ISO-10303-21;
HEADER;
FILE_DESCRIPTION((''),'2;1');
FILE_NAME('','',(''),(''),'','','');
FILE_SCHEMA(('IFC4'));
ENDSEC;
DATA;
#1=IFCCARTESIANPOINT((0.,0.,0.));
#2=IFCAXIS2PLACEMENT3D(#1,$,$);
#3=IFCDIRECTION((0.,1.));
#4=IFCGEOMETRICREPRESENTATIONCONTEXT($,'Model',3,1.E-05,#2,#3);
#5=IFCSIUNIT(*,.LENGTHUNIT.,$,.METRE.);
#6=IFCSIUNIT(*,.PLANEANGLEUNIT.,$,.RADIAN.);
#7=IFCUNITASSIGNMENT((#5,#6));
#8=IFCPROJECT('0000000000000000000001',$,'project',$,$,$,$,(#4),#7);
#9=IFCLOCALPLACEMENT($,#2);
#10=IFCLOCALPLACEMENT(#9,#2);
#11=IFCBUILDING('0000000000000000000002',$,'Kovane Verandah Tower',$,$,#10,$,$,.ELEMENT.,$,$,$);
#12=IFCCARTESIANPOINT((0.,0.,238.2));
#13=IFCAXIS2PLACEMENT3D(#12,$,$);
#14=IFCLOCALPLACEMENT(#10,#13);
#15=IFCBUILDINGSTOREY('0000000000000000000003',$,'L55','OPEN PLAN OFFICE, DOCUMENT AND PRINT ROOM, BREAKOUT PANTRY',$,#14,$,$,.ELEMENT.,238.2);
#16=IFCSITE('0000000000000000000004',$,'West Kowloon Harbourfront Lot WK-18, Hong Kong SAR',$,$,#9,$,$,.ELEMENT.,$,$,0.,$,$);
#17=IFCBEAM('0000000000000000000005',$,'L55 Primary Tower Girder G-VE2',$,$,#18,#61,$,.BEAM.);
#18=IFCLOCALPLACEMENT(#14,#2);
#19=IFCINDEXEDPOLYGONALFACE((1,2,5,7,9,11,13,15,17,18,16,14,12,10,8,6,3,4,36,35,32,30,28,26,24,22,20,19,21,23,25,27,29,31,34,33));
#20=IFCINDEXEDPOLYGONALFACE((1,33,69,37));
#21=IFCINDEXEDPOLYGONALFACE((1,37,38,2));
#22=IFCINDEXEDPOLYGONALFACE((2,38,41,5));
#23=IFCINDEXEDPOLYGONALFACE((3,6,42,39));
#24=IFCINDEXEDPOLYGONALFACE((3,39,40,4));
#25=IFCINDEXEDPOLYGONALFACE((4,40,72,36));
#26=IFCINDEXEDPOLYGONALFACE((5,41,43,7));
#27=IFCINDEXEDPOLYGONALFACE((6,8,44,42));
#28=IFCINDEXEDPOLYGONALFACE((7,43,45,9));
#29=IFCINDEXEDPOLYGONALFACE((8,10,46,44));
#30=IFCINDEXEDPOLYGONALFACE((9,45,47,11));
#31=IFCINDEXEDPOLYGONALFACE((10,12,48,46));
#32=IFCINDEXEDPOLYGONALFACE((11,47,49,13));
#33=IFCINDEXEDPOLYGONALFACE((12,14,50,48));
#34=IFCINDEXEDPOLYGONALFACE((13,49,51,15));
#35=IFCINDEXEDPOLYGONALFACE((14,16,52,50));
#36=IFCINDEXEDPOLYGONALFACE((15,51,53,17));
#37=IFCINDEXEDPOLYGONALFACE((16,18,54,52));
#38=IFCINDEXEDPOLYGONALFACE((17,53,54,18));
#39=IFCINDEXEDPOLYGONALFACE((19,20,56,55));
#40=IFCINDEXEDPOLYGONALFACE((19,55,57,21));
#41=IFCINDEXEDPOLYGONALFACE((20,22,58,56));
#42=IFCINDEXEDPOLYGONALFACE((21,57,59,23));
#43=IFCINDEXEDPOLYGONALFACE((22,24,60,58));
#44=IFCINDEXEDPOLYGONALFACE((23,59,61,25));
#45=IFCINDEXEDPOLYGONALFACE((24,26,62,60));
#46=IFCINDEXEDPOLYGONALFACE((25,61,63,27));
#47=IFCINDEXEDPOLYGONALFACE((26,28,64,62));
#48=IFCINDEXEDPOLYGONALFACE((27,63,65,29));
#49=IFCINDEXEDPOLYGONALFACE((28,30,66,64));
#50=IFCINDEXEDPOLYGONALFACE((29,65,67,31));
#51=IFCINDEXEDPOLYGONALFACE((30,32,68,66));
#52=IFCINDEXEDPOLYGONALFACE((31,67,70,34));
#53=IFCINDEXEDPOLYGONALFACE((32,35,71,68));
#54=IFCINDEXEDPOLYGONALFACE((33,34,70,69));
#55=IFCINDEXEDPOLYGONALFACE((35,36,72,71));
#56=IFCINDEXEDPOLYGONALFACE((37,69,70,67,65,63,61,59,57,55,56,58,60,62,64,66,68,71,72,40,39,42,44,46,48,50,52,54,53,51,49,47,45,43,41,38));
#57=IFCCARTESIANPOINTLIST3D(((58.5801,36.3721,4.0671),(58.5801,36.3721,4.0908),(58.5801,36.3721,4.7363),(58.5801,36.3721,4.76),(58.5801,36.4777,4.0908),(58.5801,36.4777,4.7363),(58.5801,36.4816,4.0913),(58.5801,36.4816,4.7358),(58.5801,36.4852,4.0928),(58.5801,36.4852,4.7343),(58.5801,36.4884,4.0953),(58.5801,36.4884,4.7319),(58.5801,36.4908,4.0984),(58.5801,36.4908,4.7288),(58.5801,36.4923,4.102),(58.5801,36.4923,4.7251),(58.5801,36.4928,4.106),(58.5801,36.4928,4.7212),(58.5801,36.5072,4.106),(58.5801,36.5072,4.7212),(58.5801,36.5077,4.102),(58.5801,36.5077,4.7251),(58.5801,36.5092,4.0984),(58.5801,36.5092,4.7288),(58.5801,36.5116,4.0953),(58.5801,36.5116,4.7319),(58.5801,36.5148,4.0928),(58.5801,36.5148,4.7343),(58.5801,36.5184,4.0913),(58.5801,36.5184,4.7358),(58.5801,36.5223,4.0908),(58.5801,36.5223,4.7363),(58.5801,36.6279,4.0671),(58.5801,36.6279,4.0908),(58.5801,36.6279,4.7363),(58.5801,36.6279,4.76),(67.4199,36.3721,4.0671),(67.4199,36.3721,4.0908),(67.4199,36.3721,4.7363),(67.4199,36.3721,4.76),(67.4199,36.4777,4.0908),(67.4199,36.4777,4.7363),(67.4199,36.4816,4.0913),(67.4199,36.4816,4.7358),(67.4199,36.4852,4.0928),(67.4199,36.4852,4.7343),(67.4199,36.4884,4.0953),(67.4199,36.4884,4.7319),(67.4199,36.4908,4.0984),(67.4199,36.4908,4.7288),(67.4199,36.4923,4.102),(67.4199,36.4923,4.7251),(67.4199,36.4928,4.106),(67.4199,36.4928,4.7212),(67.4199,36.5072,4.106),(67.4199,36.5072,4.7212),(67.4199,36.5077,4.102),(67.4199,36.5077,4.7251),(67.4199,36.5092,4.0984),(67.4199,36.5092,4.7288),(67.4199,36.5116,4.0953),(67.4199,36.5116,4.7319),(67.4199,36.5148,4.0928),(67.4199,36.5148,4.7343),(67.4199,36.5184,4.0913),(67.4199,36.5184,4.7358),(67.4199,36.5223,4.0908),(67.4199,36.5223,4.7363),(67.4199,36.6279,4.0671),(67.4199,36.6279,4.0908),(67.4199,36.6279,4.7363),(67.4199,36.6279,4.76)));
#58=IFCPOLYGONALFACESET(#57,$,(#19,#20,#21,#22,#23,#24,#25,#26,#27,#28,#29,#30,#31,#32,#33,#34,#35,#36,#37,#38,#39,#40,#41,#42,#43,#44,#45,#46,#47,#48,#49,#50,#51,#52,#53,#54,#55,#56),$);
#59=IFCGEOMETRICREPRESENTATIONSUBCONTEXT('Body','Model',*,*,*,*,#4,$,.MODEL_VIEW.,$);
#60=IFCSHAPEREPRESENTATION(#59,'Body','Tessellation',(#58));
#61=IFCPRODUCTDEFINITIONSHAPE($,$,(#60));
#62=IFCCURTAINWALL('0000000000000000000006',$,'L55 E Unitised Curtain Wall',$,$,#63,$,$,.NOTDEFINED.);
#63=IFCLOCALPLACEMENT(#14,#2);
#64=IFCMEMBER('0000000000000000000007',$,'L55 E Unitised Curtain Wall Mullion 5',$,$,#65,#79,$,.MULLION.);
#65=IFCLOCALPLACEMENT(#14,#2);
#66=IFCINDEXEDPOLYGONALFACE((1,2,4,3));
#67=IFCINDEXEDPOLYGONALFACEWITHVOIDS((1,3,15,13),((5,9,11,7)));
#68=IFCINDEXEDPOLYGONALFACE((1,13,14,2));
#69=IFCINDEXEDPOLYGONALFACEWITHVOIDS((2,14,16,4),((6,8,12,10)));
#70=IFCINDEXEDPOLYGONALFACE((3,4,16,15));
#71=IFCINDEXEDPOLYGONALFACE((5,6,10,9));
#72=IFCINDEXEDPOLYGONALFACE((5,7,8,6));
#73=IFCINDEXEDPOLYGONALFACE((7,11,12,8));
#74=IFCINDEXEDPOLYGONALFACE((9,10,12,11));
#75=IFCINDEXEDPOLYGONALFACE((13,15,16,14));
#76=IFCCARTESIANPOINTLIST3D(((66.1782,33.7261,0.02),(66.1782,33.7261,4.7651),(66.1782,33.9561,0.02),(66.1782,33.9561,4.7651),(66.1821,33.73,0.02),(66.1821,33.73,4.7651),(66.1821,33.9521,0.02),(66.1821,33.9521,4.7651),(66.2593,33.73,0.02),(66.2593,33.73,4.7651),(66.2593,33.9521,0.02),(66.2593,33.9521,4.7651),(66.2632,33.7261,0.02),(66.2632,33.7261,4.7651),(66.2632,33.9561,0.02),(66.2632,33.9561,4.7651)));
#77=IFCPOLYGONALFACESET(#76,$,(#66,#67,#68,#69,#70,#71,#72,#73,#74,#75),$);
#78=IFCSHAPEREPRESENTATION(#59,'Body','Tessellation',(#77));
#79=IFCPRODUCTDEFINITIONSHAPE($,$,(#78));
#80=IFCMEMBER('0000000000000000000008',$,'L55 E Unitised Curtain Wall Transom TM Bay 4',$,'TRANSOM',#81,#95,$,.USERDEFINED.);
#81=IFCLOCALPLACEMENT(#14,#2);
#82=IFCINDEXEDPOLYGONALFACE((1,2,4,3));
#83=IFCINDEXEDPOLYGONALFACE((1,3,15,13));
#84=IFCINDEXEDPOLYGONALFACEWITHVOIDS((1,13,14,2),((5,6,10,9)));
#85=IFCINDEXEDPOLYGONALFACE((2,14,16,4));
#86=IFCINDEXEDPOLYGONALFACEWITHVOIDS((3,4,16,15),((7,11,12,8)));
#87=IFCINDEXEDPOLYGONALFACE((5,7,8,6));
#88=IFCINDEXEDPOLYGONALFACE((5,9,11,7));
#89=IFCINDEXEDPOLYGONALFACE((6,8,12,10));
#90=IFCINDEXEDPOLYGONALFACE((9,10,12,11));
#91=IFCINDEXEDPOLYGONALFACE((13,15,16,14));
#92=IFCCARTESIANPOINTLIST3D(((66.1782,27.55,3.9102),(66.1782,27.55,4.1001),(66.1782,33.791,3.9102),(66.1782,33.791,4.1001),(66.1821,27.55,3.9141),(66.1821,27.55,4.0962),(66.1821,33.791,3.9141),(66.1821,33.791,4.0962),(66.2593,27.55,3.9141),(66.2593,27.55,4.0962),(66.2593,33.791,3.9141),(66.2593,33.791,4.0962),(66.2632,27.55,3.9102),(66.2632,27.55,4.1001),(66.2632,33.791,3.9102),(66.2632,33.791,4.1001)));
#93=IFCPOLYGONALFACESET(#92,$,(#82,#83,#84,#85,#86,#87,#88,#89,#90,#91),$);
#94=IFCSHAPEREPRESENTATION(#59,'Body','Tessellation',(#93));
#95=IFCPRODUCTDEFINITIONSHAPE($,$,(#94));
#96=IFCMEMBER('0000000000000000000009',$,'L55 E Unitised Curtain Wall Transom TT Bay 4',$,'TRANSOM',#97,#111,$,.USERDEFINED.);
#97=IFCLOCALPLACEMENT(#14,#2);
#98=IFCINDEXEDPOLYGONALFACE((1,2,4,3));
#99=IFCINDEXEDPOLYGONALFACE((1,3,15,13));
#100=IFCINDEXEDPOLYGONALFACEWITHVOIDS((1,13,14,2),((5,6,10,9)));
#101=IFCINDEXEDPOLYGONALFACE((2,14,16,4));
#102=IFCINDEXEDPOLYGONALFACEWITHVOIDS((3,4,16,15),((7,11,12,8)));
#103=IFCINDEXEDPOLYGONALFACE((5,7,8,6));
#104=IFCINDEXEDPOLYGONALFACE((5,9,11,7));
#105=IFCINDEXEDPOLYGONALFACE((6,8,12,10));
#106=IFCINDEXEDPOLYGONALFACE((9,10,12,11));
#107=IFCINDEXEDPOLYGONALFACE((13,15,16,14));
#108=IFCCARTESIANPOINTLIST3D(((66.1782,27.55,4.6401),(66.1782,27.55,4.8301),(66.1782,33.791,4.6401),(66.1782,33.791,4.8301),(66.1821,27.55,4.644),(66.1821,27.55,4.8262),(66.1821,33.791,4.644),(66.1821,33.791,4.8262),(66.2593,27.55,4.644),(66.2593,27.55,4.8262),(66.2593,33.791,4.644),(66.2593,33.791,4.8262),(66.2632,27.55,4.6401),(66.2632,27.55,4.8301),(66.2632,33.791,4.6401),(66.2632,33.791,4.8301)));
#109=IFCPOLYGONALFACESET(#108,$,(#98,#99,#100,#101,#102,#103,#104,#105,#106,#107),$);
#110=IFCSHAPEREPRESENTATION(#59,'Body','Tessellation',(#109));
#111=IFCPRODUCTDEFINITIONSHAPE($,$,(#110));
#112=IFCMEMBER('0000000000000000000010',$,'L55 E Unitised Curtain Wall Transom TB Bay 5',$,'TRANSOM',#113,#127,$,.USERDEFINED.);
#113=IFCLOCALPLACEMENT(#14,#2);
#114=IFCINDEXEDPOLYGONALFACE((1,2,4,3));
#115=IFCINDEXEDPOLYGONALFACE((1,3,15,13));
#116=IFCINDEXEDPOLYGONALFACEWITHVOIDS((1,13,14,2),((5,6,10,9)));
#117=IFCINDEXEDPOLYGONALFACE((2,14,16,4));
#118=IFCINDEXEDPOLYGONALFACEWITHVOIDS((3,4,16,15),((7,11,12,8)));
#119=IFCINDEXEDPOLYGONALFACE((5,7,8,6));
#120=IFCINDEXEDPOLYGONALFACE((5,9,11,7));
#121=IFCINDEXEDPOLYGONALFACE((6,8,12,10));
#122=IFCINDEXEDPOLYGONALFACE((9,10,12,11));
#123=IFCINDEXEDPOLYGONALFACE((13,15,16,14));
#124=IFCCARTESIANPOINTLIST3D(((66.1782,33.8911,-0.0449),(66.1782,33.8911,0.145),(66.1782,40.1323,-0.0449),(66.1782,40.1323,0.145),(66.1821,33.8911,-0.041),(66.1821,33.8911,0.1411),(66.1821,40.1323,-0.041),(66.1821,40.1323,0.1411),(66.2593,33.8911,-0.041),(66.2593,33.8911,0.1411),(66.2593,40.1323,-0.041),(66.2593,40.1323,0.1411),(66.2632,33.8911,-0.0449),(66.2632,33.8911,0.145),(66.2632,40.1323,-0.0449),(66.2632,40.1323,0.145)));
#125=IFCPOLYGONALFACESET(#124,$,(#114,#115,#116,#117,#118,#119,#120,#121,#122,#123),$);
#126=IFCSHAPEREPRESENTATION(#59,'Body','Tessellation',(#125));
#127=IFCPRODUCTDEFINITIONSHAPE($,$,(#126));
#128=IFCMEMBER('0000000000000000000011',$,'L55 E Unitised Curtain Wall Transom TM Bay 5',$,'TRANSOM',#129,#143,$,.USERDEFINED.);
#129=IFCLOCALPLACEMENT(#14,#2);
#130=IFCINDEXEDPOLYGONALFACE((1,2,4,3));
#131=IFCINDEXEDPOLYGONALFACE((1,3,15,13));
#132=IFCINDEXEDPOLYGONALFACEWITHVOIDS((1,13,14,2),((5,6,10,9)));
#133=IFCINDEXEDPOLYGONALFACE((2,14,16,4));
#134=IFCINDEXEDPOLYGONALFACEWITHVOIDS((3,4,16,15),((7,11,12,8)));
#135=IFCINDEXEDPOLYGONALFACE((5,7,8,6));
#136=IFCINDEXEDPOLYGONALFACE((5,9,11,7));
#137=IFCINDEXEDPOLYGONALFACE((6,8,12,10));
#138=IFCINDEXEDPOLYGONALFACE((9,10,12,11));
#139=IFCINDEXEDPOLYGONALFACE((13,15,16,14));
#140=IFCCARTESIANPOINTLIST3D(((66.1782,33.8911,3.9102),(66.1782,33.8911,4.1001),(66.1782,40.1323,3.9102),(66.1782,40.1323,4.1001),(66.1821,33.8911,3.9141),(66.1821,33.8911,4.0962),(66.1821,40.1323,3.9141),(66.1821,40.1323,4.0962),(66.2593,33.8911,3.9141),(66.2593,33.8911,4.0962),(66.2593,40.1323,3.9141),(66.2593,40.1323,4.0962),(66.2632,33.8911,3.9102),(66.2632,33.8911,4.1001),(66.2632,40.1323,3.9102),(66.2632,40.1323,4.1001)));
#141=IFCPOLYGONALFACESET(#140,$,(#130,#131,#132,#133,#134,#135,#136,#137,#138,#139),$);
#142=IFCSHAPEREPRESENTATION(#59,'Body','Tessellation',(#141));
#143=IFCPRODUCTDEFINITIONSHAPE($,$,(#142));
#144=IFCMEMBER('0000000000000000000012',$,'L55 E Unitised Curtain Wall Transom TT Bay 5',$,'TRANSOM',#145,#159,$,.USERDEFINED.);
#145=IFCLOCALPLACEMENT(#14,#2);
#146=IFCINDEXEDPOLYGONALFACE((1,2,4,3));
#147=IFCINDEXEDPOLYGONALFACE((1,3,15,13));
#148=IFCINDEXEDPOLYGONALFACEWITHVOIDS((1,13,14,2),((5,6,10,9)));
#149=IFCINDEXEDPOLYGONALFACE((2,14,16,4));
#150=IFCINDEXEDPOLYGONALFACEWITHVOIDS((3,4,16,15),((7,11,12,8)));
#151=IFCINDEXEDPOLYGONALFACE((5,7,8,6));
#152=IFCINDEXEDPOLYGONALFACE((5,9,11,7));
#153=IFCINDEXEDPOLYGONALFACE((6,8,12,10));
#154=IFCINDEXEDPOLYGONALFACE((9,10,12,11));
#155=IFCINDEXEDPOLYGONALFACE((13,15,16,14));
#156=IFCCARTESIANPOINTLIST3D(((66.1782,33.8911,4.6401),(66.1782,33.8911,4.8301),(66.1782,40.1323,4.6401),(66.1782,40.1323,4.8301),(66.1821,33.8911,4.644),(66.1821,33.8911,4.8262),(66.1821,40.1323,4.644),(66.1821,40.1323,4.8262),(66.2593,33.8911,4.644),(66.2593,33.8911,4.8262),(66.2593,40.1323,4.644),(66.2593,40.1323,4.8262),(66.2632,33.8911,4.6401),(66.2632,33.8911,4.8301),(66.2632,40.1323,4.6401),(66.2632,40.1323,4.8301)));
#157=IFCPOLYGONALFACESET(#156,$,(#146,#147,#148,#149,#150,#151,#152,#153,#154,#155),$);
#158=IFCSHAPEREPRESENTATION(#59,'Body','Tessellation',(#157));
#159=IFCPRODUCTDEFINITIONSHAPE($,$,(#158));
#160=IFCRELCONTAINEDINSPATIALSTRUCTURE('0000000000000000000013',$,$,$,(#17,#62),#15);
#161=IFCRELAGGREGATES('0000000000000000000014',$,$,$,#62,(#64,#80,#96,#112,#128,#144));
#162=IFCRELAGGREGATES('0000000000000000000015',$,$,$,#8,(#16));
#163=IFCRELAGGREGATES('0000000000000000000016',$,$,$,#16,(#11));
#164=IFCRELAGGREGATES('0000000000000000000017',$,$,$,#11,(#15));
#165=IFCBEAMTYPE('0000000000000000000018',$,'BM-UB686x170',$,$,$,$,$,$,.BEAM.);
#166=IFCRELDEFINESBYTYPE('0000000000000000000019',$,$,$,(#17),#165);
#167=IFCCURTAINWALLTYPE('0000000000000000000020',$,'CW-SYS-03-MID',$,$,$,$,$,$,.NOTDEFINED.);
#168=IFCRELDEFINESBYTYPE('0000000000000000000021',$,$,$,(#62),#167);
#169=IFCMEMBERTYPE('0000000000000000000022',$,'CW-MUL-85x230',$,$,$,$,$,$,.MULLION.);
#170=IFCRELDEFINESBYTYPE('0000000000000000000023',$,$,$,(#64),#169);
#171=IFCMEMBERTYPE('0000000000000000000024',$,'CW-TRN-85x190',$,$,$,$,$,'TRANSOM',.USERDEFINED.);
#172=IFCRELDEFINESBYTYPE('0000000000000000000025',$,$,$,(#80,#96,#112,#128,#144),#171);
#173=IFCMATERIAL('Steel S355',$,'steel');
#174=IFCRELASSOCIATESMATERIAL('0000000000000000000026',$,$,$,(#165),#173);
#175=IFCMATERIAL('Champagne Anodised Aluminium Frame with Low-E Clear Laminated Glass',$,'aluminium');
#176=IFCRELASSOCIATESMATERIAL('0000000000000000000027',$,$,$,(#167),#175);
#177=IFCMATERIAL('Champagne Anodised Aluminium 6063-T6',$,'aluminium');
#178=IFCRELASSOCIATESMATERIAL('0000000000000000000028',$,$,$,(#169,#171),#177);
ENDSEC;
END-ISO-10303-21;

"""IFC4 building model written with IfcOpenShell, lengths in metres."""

from ifc_helpers import new_model, si_unit, direction, frame, origin, origin_2d, place, context, subcontext, project, spatial, hollow_rectangle, i_section, extrude, material, material_profile, profile_set, type_object, element, aggregate, save


model = new_model("IFC4")

# Units and contexts
model_context = context("Model", 3, precision=1e-05, world=origin(), true_north=direction((0.0, 1.0)))
body_context = subcontext(model_context, "Body", "Model", "MODEL_VIEW")
ifc_project = project(units=[si_unit("LENGTHUNIT", "METRE"), si_unit("PLANEANGLEUNIT", "RADIAN")], contexts=[model_context])

# Site, building, storey
site_placement = place(None, origin())
site = spatial("IfcSite", under=ifc_project, at=site_placement, Name="West Kowloon Harbourfront Lot WK-18, Hong Kong SAR", CompositionType="ELEMENT", RefElevation=0.0)
building_placement = place(site_placement, origin())
building = spatial("IfcBuilding", under=site, at=building_placement, Name="Kovane Verandah Tower", CompositionType="ELEMENT")
storey_placement = place(building_placement, frame((0.0, 0.0, 238.2)))
storey = spatial("IfcBuildingStorey", under=building, at=storey_placement, Name="L55", Description="OPEN PLAN OFFICE, DOCUMENT AND PRINT ROOM, BREAKOUT PANTRY", CompositionType="ELEMENT", Elevation=238.2)

# Beam
ifc_material_1 = material(Name="Steel S355", Category="steel")
ifc_material_profile_1 = material_profile(ifc_material_1, i_section(OverallWidth=0.2559, OverallDepth=0.6929, WebThickness=0.0144, FlangeThickness=0.0237, FilletRadius=0.0151, at=origin_2d()), Name="UB686x254x170")
ifc_profile_set_1 = profile_set([ifc_material_profile_1], Name="Steel S355")
beam_type_1 = type_object("IfcBeamType", Name="BM-UB686x170", PredefinedType="BEAM", material=ifc_profile_set_1)
beam_1_placement = place(storey_placement, frame((58.5801, 36.5, 4.4136), z_axis=(1.0, 0.0, 0.0), x_axis=(0.0, 1.0, 0.0)))
element("IfcBeam", 1, at=beam_1_placement, inside=storey, type_object=beam_type_1, Name="L55 Primary Tower Girder G-VE2", PredefinedType="BEAM", context=body_context, shape_type="SweptSolid", body=[
    extrude(i_section(OverallWidth=0.2559, OverallDepth=0.6929, WebThickness=0.0144, FlangeThickness=0.0237, FilletRadius=0.0151, at=origin_2d()), origin(), (0.0, 0.0, 1.0), 8.8398),
])

# Curtain wall, members
ifc_material_2 = material(Name="Champagne Anodised Aluminium Frame with Low-E Clear Laminated Glass", Category="aluminium")
curtain_wall_type = type_object("IfcCurtainWallType", Name="CW-SYS-03-MID", PredefinedType="NOTDEFINED", material=ifc_material_2)
curtain_wall_placement = place(storey_placement, origin())
curtain_wall = element("IfcCurtainWall", 2, at=curtain_wall_placement, inside=storey, type_object=curtain_wall_type, Name="L55 E Unitised Curtain Wall", PredefinedType="NOTDEFINED")
ifc_material_3 = material(Name="Champagne Anodised Aluminium 6063-T6", Category="aluminium")
ifc_material_profile_2 = material_profile(ifc_material_3, hollow_rectangle(XDim=0.085, YDim=0.23, WallThickness=0.0039, at=origin_2d()), Name="AL85x230x4")
ifc_profile_set_2 = profile_set([ifc_material_profile_2], Name="Champagne Anodised Aluminium 6063-T6")
member_type_1 = type_object("IfcMemberType", Name="CW-MUL-85x230", PredefinedType="MULLION", material=ifc_profile_set_2)
member_1_placement = place(storey_placement, frame((66.2207, 33.8411, 0.02), z_axis=(0.0, 0.0, 1.0), x_axis=(1.0, 0.0, 0.0)))
member_1 = element("IfcMember", 3, at=member_1_placement, type_object=member_type_1, Name="L55 E Unitised Curtain Wall Mullion 5", PredefinedType="MULLION", context=body_context, shape_type="SweptSolid", body=[
    extrude(hollow_rectangle(XDim=0.085, YDim=0.23, WallThickness=0.0039, at=origin_2d()), origin(), (0.0, 0.0, 1.0), 4.7451),
])
ifc_material_profile_3 = material_profile(ifc_material_3, hollow_rectangle(XDim=0.085, YDim=0.1899, WallThickness=0.0039, at=origin_2d()), Name="AL85x190x4")
ifc_profile_set_3 = profile_set([ifc_material_profile_3], Name="Champagne Anodised Aluminium 6063-T6")
member_type_2 = type_object("IfcMemberType", Name="CW-TRN-85x190", ElementType="TRANSOM", PredefinedType="USERDEFINED", material=ifc_profile_set_3)
member_2_placement = place(storey_placement, frame((66.2207, 27.55, 4.0051), z_axis=(0.0, 1.0, 0.0), x_axis=(-1.0, 0.0, 0.0)))
member_2 = element("IfcMember", 4, at=member_2_placement, type_object=member_type_2, Name="L55 E Unitised Curtain Wall Transom TM Bay 4", ObjectType="TRANSOM", PredefinedType="USERDEFINED", context=body_context, shape_type="SweptSolid", body=[
    extrude(hollow_rectangle(XDim=0.085, YDim=0.1899, WallThickness=0.0039, at=origin_2d()), origin(), (0.0, 0.0, 1.0), 6.241),
])
member_3_placement = place(storey_placement, frame((66.2207, 27.55, 4.7351), z_axis=(0.0, 1.0, 0.0), x_axis=(-1.0, 0.0, 0.0)))
member_3 = element("IfcMember", 5, at=member_3_placement, type_object=member_type_2, Name="L55 E Unitised Curtain Wall Transom TT Bay 4", ObjectType="TRANSOM", PredefinedType="USERDEFINED", context=body_context, shape_type="SweptSolid", body=[
    extrude(hollow_rectangle(XDim=0.085, YDim=0.1899, WallThickness=0.0039, at=origin_2d()), origin(), (0.0, 0.0, 1.0), 6.241),
])
member_4_placement = place(storey_placement, frame((66.2207, 33.8911, 0.05), z_axis=(0.0, 1.0, 0.0), x_axis=(-1.0, 0.0, 0.0)))
member_4 = element("IfcMember", 6, at=member_4_placement, type_object=member_type_2, Name="L55 E Unitised Curtain Wall Transom TB Bay 5", ObjectType="TRANSOM", PredefinedType="USERDEFINED", context=body_context, shape_type="SweptSolid", body=[
    extrude(hollow_rectangle(XDim=0.085, YDim=0.1899, WallThickness=0.0039, at=origin_2d()), origin(), (0.0, 0.0, 1.0), 6.2412),
])
member_5_placement = place(storey_placement, frame((66.2207, 33.8911, 4.0051), z_axis=(0.0, 1.0, 0.0), x_axis=(-1.0, 0.0, 0.0)))
member_5 = element("IfcMember", 7, at=member_5_placement, type_object=member_type_2, Name="L55 E Unitised Curtain Wall Transom TM Bay 5", ObjectType="TRANSOM", PredefinedType="USERDEFINED", context=body_context, shape_type="SweptSolid", body=[
    extrude(hollow_rectangle(XDim=0.085, YDim=0.1899, WallThickness=0.0039, at=origin_2d()), origin(), (0.0, 0.0, 1.0), 6.2412),
])
member_6_placement = place(storey_placement, frame((66.2207, 33.8911, 4.7351), z_axis=(0.0, 1.0, 0.0), x_axis=(-1.0, 0.0, 0.0)))
member_6 = element("IfcMember", 8, at=member_6_placement, type_object=member_type_2, Name="L55 E Unitised Curtain Wall Transom TT Bay 5", ObjectType="TRANSOM", PredefinedType="USERDEFINED", context=body_context, shape_type="SweptSolid", body=[
    extrude(hollow_rectangle(XDim=0.085, YDim=0.1899, WallThickness=0.0039, at=origin_2d()), origin(), (0.0, 0.0, 1.0), 6.2412),
])

aggregate(curtain_wall, [member_1, member_2, member_3, member_4, member_5, member_6])

save(model, "model.ifc")
